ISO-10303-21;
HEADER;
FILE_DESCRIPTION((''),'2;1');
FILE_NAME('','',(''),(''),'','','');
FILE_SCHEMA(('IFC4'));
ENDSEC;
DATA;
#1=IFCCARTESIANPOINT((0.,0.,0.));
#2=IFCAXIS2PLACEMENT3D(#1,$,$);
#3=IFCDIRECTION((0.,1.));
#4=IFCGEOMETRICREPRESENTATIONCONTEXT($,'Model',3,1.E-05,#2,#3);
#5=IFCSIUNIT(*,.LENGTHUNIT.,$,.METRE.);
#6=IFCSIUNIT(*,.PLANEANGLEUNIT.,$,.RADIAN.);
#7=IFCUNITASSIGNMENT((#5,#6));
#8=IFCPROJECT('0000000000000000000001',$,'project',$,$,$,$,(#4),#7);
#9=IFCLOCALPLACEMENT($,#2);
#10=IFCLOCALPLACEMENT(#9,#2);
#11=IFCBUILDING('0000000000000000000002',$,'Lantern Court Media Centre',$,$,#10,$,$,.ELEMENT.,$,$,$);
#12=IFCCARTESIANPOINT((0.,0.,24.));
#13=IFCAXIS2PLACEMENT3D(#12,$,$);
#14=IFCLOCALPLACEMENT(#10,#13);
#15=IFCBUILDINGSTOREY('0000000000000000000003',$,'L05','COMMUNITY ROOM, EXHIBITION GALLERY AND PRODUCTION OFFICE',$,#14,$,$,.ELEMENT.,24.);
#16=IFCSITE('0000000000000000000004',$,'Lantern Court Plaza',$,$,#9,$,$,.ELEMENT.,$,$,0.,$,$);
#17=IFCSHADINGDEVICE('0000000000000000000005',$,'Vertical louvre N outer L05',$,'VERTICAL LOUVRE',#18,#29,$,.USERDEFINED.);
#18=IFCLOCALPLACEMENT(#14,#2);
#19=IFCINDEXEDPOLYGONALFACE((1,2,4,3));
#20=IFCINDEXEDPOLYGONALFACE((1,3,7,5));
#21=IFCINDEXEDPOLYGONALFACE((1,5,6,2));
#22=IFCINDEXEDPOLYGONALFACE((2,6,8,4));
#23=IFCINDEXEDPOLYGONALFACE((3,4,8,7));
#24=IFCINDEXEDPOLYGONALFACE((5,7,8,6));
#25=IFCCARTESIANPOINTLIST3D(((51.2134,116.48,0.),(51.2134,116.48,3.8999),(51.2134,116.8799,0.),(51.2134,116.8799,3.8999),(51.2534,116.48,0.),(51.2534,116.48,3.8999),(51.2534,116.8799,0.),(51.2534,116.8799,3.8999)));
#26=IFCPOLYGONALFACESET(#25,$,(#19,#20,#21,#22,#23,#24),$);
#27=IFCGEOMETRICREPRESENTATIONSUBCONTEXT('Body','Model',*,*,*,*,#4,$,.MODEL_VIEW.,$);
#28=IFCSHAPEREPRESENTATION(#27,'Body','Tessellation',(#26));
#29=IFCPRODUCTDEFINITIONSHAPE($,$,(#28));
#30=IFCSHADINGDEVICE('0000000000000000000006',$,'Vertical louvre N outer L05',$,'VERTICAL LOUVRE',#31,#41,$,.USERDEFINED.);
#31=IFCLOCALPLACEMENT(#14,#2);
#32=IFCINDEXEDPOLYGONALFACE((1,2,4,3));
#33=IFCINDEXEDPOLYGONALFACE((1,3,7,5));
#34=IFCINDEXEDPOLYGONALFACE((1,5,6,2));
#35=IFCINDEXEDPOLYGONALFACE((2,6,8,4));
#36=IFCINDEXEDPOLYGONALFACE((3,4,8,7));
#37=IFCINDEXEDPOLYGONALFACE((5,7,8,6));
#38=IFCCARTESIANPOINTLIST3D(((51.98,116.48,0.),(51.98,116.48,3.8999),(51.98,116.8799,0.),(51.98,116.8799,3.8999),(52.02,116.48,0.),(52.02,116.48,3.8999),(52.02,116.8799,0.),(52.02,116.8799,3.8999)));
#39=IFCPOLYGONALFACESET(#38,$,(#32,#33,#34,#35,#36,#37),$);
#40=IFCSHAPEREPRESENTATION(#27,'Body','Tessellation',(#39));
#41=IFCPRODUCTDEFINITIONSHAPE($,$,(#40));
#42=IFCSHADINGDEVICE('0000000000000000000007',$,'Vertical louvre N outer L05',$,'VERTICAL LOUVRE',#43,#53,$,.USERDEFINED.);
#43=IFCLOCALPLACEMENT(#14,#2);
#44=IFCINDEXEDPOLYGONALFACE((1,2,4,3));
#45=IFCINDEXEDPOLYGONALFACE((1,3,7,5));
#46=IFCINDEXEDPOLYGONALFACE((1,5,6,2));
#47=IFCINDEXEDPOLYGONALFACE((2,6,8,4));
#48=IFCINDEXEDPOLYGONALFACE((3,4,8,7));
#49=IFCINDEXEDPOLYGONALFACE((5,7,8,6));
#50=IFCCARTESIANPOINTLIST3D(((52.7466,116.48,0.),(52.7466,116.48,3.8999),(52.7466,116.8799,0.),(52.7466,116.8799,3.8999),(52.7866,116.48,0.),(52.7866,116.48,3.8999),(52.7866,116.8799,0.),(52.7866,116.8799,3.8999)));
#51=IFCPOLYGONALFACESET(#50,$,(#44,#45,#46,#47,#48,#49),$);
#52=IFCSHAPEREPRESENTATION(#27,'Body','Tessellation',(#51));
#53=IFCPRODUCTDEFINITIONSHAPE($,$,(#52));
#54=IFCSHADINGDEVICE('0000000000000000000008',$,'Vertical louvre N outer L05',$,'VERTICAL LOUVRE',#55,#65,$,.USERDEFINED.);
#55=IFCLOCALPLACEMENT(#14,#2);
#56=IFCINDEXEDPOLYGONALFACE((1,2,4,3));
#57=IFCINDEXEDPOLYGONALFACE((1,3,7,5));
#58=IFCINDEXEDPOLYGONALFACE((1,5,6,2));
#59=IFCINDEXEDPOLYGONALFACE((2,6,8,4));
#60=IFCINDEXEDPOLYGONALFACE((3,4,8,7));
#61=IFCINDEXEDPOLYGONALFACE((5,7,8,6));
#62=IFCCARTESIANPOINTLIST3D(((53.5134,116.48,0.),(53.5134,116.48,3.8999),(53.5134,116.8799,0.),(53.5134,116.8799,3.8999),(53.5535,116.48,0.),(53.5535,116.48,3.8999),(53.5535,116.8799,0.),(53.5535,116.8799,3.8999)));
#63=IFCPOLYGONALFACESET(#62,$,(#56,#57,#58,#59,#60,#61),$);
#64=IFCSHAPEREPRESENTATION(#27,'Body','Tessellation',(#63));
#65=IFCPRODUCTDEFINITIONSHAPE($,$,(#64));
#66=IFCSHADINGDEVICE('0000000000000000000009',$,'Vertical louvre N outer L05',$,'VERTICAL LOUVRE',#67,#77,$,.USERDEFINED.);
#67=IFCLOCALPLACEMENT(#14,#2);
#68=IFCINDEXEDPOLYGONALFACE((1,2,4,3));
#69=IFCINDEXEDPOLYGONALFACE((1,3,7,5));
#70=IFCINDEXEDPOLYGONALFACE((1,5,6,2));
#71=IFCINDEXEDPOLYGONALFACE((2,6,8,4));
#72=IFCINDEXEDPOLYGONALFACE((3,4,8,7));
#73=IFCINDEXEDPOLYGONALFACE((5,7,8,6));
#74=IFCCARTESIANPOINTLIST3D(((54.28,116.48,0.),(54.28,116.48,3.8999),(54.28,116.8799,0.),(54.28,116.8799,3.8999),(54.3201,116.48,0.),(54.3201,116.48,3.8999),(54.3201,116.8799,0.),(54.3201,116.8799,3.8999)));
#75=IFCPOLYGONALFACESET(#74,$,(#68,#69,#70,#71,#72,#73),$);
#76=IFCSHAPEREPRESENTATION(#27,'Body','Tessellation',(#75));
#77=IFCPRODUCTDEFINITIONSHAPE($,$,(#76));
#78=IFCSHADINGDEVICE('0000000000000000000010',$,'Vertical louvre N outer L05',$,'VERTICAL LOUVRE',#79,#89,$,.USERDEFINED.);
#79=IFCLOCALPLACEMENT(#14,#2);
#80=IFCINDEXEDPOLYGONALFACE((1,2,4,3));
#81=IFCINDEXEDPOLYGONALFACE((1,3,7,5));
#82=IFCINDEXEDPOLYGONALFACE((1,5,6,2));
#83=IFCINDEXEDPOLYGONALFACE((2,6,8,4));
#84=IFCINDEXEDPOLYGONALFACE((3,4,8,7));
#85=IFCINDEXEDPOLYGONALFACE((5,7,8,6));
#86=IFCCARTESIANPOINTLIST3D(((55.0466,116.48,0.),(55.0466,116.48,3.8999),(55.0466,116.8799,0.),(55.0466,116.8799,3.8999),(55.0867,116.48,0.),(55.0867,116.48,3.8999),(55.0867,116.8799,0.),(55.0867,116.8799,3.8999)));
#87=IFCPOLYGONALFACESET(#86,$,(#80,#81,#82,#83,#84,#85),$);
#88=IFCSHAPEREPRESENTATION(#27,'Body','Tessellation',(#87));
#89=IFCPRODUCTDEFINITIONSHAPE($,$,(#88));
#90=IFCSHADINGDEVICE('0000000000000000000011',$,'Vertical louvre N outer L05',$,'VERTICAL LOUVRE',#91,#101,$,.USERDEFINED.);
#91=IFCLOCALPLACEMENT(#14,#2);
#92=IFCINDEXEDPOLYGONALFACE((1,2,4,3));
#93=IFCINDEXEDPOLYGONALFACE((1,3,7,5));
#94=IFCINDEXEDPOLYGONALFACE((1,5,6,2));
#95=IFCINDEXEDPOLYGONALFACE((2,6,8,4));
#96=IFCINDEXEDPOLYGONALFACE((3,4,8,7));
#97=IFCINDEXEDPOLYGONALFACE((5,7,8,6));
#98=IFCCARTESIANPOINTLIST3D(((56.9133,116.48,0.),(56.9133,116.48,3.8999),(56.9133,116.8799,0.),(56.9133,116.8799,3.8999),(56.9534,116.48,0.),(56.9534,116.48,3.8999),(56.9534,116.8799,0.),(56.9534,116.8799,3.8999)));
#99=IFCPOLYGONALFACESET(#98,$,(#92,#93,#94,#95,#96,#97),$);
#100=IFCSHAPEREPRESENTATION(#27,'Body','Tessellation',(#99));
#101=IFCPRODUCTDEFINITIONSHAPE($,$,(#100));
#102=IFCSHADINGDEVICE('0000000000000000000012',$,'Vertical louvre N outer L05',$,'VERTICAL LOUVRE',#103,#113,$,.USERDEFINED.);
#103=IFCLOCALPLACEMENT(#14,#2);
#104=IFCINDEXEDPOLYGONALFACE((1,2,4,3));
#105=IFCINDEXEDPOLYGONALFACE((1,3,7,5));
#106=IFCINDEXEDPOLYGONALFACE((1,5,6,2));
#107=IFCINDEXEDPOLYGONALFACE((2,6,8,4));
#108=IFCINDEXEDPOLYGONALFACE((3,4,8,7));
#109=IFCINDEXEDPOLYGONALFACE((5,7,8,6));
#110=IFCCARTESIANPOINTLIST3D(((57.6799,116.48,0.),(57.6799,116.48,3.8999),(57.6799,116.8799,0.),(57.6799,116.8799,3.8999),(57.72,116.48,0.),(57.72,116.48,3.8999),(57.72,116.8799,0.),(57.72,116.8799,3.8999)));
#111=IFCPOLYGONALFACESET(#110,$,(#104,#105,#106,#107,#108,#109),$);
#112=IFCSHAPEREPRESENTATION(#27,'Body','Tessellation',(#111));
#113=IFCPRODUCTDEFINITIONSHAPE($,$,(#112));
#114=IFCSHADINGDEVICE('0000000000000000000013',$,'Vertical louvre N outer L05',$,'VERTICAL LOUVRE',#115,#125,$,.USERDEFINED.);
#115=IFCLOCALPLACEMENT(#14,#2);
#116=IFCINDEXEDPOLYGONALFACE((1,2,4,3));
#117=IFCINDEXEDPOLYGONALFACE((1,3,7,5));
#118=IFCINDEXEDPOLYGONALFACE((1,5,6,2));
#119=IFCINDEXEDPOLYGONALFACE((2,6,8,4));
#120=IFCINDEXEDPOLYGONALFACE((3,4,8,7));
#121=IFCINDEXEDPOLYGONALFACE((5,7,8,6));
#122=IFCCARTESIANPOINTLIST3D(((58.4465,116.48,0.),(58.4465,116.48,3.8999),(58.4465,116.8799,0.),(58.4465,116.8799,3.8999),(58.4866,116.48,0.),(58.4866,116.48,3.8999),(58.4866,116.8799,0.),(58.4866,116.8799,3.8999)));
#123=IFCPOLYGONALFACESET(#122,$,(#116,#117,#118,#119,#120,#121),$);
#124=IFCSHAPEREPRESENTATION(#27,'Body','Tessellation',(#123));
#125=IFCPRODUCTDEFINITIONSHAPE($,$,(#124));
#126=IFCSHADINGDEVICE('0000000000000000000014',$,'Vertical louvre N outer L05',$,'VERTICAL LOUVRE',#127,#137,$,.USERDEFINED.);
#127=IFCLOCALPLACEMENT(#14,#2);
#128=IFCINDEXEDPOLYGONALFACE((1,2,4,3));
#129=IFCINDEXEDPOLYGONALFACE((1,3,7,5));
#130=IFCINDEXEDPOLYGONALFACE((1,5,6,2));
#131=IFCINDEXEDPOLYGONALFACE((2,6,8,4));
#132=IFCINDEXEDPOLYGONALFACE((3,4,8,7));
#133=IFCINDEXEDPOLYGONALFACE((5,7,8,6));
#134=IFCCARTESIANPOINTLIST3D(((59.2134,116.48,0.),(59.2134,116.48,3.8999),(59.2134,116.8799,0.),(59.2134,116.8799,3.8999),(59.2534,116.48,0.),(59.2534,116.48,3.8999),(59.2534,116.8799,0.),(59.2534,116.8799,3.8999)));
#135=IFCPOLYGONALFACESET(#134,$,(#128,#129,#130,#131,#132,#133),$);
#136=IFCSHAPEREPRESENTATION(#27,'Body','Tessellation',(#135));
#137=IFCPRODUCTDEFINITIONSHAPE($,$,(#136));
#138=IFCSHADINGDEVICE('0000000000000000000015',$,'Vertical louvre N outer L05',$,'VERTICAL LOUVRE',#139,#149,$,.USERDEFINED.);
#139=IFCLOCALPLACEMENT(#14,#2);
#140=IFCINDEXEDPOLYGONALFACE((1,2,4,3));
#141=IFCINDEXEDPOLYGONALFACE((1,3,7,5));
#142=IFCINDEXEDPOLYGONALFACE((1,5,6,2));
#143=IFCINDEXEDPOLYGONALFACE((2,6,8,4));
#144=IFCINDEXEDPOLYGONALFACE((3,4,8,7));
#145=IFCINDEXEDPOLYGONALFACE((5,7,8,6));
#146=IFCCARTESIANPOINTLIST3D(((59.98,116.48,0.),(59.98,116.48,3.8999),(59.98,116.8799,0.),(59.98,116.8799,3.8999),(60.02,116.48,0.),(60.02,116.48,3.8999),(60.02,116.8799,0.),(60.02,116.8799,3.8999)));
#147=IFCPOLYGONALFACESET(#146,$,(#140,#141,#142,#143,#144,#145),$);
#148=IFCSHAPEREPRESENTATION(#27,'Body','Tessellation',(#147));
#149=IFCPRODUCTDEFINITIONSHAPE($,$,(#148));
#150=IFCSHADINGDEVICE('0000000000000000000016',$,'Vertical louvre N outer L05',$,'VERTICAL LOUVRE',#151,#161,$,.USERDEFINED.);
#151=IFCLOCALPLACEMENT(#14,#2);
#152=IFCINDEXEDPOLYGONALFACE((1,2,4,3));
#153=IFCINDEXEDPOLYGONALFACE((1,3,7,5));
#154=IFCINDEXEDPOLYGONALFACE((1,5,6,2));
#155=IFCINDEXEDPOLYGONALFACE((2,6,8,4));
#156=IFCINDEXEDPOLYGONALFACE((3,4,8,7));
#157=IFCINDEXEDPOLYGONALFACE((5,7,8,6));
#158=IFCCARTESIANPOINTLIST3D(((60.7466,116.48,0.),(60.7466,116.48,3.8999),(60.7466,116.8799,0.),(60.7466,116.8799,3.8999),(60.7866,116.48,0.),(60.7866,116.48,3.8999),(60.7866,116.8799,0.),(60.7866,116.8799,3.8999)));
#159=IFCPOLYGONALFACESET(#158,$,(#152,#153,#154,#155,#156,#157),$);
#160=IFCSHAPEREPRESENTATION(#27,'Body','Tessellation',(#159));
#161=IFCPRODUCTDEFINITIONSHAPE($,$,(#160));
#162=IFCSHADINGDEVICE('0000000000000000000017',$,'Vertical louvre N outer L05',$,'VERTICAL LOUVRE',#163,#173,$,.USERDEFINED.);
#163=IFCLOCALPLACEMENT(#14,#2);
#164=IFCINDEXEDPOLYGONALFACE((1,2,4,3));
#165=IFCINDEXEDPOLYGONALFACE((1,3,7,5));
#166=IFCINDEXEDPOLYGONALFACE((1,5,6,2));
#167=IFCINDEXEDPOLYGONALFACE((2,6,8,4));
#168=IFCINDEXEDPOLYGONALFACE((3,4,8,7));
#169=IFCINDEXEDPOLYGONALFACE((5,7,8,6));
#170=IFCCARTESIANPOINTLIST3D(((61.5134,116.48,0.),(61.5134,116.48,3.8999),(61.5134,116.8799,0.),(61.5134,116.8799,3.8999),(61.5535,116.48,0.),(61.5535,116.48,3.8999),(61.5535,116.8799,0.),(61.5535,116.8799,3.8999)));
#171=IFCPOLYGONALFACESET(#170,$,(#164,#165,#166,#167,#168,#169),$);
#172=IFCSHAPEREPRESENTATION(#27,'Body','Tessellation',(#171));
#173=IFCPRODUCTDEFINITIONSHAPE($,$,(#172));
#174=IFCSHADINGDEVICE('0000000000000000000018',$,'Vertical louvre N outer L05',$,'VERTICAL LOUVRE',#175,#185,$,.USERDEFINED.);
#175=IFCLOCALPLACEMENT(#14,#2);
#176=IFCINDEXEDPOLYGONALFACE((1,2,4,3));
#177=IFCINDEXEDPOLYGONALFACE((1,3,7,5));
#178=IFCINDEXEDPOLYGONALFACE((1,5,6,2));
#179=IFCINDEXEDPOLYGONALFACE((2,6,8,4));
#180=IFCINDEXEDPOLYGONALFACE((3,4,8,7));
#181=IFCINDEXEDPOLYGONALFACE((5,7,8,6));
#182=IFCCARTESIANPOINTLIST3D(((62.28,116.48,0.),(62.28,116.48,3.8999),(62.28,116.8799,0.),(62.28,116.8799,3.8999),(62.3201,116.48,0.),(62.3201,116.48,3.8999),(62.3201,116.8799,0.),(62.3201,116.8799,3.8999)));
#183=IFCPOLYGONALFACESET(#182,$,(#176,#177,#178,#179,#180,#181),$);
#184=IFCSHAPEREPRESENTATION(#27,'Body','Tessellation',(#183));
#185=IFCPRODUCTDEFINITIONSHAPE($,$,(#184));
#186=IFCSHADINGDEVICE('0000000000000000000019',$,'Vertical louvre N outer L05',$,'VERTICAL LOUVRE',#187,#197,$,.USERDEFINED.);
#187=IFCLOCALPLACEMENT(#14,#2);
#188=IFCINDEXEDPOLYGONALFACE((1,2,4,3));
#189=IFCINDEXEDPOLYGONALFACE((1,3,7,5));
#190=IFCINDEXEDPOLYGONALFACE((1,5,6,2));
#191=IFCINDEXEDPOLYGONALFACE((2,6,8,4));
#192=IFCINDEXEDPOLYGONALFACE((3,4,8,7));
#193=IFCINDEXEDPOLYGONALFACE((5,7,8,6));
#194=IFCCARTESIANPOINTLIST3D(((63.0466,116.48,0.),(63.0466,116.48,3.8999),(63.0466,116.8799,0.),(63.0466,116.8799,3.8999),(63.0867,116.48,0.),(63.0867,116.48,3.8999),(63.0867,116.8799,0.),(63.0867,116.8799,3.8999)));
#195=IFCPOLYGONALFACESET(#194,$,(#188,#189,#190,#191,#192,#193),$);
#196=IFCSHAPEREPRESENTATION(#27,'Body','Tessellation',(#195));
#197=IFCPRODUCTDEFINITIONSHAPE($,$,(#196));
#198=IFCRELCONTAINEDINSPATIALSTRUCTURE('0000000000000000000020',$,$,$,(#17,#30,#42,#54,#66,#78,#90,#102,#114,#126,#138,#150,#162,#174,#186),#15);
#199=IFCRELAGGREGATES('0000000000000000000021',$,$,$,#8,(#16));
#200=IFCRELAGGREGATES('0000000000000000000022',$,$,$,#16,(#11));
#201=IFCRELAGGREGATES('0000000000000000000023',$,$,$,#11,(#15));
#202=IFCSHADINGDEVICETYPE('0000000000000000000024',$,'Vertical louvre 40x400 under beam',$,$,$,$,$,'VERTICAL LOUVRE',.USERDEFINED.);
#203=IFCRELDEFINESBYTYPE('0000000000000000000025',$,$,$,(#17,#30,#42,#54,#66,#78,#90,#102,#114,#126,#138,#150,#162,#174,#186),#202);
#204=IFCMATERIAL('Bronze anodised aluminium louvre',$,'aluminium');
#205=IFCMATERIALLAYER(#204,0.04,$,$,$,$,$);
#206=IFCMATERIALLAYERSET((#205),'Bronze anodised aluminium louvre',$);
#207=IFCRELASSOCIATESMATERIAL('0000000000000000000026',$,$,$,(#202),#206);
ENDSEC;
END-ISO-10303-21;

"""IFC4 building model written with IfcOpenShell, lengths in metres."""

from ifc_helpers import new_model, si_unit, direction, frame, origin, origin_2d, place, context, subcontext, project, spatial, rectangle, extrude, material, layer, layer_set, type_object, element, save


model = new_model("IFC4")

# Units and contexts
model_context = context("Model", 3, precision=1e-05, world=origin(), true_north=direction((0.0, 1.0)))
body_context = subcontext(model_context, "Body", "Model", "MODEL_VIEW")
ifc_project = project(units=[si_unit("LENGTHUNIT", "METRE"), si_unit("PLANEANGLEUNIT", "RADIAN")], contexts=[model_context])

# Site, building, storey
site_placement = place(None, origin())
site = spatial("IfcSite", under=ifc_project, at=site_placement, Name="Lantern Court Plaza", CompositionType="ELEMENT", RefElevation=0.0)
building_placement = place(site_placement, origin())
building = spatial("IfcBuilding", under=site, at=building_placement, Name="Lantern Court Media Centre", CompositionType="ELEMENT")
storey_placement = place(building_placement, frame((0.0, 0.0, 24.0)))
storey = spatial("IfcBuildingStorey", under=building, at=storey_placement, Name="L05", Description="COMMUNITY ROOM, EXHIBITION GALLERY AND PRODUCTION OFFICE", CompositionType="ELEMENT", Elevation=24.0)

# Shading devices
ifc_material_1 = material(Name="Bronze anodised aluminium louvre", Category="aluminium")
ifc_layer_1 = layer(ifc_material_1, 0.04)
ifc_layer_set_1 = layer_set([ifc_layer_1], Name="Bronze anodised aluminium louvre")
shading_device_type = type_object("IfcShadingDeviceType", Name="Vertical louvre 40x400 under beam", ElementType="VERTICAL LOUVRE", PredefinedType="USERDEFINED", material=ifc_layer_set_1)
for number, where, z_axis, x_axis, name in (
    (1, (51.2334, 116.6799, 0.0), (0.0, 0.0, 1.0), (1.0, 0.0, 0.0), "Vertical louvre N outer L05"),
    (2, (52.0, 116.6799, 0.0), (0.0, 0.0, 1.0), (1.0, 0.0, 0.0), "Vertical louvre N outer L05"),
    (3, (52.7666, 116.6799, 0.0), (0.0, 0.0, 1.0), (1.0, 0.0, 0.0), "Vertical louvre N outer L05"),
    (4, (53.5334, 116.6799, 0.0), (0.0, 0.0, 1.0), (1.0, 0.0, 0.0), "Vertical louvre N outer L05"),
    (5, (54.3, 116.6799, 0.0), (0.0, 0.0, 1.0), (1.0, 0.0, 0.0), "Vertical louvre N outer L05"),
    (6, (55.0667, 116.6799, 0.0), (0.0, 0.0, 1.0), (1.0, 0.0, 0.0), "Vertical louvre N outer L05"),
    (7, (56.9333, 116.6799, 0.0), (0.0, 0.0, 1.0), (1.0, 0.0, 0.0), "Vertical louvre N outer L05"),
    (8, (57.7, 116.6799, 0.0), (0.0, 0.0, 1.0), (1.0, 0.0, 0.0), "Vertical louvre N outer L05"),
    (9, (58.4666, 116.6799, 0.0), (0.0, 0.0, 1.0), (1.0, 0.0, 0.0), "Vertical louvre N outer L05"),
    (10, (59.2334, 116.6799, 0.0), (0.0, 0.0, 1.0), (1.0, 0.0, 0.0), "Vertical louvre N outer L05"),
    (11, (60.0, 116.6799, 0.0), (0.0, 0.0, 1.0), (1.0, 0.0, 0.0), "Vertical louvre N outer L05"),
    (12, (60.7666, 116.6799, 0.0), (0.0, 0.0, 1.0), (1.0, 0.0, 0.0), "Vertical louvre N outer L05"),
    (13, (61.5334, 116.6799, 0.0), (0.0, 0.0, 1.0), (1.0, 0.0, 0.0), "Vertical louvre N outer L05"),
    (14, (62.3, 116.6799, 0.0), (0.0, 0.0, 1.0), (1.0, 0.0, 0.0), "Vertical louvre N outer L05"),
    (15, (63.0667, 116.6799, 0.0), (0.0, 0.0, 1.0), (1.0, 0.0, 0.0), "Vertical louvre N outer L05"),
):
    element("IfcShadingDevice", number, at=place(storey_placement, frame(where, z_axis=z_axis, x_axis=x_axis)), inside=storey, type_object=shading_device_type, Name=name, ObjectType="VERTICAL LOUVRE", PredefinedType="USERDEFINED", context=body_context, shape_type="SweptSolid", body=[
        extrude(rectangle(XDim=0.04, YDim=0.3999, at=origin_2d()), origin(), (0.0, 0.0, 1.0), 3.8999),
    ])

save(model, "model.ifc")
